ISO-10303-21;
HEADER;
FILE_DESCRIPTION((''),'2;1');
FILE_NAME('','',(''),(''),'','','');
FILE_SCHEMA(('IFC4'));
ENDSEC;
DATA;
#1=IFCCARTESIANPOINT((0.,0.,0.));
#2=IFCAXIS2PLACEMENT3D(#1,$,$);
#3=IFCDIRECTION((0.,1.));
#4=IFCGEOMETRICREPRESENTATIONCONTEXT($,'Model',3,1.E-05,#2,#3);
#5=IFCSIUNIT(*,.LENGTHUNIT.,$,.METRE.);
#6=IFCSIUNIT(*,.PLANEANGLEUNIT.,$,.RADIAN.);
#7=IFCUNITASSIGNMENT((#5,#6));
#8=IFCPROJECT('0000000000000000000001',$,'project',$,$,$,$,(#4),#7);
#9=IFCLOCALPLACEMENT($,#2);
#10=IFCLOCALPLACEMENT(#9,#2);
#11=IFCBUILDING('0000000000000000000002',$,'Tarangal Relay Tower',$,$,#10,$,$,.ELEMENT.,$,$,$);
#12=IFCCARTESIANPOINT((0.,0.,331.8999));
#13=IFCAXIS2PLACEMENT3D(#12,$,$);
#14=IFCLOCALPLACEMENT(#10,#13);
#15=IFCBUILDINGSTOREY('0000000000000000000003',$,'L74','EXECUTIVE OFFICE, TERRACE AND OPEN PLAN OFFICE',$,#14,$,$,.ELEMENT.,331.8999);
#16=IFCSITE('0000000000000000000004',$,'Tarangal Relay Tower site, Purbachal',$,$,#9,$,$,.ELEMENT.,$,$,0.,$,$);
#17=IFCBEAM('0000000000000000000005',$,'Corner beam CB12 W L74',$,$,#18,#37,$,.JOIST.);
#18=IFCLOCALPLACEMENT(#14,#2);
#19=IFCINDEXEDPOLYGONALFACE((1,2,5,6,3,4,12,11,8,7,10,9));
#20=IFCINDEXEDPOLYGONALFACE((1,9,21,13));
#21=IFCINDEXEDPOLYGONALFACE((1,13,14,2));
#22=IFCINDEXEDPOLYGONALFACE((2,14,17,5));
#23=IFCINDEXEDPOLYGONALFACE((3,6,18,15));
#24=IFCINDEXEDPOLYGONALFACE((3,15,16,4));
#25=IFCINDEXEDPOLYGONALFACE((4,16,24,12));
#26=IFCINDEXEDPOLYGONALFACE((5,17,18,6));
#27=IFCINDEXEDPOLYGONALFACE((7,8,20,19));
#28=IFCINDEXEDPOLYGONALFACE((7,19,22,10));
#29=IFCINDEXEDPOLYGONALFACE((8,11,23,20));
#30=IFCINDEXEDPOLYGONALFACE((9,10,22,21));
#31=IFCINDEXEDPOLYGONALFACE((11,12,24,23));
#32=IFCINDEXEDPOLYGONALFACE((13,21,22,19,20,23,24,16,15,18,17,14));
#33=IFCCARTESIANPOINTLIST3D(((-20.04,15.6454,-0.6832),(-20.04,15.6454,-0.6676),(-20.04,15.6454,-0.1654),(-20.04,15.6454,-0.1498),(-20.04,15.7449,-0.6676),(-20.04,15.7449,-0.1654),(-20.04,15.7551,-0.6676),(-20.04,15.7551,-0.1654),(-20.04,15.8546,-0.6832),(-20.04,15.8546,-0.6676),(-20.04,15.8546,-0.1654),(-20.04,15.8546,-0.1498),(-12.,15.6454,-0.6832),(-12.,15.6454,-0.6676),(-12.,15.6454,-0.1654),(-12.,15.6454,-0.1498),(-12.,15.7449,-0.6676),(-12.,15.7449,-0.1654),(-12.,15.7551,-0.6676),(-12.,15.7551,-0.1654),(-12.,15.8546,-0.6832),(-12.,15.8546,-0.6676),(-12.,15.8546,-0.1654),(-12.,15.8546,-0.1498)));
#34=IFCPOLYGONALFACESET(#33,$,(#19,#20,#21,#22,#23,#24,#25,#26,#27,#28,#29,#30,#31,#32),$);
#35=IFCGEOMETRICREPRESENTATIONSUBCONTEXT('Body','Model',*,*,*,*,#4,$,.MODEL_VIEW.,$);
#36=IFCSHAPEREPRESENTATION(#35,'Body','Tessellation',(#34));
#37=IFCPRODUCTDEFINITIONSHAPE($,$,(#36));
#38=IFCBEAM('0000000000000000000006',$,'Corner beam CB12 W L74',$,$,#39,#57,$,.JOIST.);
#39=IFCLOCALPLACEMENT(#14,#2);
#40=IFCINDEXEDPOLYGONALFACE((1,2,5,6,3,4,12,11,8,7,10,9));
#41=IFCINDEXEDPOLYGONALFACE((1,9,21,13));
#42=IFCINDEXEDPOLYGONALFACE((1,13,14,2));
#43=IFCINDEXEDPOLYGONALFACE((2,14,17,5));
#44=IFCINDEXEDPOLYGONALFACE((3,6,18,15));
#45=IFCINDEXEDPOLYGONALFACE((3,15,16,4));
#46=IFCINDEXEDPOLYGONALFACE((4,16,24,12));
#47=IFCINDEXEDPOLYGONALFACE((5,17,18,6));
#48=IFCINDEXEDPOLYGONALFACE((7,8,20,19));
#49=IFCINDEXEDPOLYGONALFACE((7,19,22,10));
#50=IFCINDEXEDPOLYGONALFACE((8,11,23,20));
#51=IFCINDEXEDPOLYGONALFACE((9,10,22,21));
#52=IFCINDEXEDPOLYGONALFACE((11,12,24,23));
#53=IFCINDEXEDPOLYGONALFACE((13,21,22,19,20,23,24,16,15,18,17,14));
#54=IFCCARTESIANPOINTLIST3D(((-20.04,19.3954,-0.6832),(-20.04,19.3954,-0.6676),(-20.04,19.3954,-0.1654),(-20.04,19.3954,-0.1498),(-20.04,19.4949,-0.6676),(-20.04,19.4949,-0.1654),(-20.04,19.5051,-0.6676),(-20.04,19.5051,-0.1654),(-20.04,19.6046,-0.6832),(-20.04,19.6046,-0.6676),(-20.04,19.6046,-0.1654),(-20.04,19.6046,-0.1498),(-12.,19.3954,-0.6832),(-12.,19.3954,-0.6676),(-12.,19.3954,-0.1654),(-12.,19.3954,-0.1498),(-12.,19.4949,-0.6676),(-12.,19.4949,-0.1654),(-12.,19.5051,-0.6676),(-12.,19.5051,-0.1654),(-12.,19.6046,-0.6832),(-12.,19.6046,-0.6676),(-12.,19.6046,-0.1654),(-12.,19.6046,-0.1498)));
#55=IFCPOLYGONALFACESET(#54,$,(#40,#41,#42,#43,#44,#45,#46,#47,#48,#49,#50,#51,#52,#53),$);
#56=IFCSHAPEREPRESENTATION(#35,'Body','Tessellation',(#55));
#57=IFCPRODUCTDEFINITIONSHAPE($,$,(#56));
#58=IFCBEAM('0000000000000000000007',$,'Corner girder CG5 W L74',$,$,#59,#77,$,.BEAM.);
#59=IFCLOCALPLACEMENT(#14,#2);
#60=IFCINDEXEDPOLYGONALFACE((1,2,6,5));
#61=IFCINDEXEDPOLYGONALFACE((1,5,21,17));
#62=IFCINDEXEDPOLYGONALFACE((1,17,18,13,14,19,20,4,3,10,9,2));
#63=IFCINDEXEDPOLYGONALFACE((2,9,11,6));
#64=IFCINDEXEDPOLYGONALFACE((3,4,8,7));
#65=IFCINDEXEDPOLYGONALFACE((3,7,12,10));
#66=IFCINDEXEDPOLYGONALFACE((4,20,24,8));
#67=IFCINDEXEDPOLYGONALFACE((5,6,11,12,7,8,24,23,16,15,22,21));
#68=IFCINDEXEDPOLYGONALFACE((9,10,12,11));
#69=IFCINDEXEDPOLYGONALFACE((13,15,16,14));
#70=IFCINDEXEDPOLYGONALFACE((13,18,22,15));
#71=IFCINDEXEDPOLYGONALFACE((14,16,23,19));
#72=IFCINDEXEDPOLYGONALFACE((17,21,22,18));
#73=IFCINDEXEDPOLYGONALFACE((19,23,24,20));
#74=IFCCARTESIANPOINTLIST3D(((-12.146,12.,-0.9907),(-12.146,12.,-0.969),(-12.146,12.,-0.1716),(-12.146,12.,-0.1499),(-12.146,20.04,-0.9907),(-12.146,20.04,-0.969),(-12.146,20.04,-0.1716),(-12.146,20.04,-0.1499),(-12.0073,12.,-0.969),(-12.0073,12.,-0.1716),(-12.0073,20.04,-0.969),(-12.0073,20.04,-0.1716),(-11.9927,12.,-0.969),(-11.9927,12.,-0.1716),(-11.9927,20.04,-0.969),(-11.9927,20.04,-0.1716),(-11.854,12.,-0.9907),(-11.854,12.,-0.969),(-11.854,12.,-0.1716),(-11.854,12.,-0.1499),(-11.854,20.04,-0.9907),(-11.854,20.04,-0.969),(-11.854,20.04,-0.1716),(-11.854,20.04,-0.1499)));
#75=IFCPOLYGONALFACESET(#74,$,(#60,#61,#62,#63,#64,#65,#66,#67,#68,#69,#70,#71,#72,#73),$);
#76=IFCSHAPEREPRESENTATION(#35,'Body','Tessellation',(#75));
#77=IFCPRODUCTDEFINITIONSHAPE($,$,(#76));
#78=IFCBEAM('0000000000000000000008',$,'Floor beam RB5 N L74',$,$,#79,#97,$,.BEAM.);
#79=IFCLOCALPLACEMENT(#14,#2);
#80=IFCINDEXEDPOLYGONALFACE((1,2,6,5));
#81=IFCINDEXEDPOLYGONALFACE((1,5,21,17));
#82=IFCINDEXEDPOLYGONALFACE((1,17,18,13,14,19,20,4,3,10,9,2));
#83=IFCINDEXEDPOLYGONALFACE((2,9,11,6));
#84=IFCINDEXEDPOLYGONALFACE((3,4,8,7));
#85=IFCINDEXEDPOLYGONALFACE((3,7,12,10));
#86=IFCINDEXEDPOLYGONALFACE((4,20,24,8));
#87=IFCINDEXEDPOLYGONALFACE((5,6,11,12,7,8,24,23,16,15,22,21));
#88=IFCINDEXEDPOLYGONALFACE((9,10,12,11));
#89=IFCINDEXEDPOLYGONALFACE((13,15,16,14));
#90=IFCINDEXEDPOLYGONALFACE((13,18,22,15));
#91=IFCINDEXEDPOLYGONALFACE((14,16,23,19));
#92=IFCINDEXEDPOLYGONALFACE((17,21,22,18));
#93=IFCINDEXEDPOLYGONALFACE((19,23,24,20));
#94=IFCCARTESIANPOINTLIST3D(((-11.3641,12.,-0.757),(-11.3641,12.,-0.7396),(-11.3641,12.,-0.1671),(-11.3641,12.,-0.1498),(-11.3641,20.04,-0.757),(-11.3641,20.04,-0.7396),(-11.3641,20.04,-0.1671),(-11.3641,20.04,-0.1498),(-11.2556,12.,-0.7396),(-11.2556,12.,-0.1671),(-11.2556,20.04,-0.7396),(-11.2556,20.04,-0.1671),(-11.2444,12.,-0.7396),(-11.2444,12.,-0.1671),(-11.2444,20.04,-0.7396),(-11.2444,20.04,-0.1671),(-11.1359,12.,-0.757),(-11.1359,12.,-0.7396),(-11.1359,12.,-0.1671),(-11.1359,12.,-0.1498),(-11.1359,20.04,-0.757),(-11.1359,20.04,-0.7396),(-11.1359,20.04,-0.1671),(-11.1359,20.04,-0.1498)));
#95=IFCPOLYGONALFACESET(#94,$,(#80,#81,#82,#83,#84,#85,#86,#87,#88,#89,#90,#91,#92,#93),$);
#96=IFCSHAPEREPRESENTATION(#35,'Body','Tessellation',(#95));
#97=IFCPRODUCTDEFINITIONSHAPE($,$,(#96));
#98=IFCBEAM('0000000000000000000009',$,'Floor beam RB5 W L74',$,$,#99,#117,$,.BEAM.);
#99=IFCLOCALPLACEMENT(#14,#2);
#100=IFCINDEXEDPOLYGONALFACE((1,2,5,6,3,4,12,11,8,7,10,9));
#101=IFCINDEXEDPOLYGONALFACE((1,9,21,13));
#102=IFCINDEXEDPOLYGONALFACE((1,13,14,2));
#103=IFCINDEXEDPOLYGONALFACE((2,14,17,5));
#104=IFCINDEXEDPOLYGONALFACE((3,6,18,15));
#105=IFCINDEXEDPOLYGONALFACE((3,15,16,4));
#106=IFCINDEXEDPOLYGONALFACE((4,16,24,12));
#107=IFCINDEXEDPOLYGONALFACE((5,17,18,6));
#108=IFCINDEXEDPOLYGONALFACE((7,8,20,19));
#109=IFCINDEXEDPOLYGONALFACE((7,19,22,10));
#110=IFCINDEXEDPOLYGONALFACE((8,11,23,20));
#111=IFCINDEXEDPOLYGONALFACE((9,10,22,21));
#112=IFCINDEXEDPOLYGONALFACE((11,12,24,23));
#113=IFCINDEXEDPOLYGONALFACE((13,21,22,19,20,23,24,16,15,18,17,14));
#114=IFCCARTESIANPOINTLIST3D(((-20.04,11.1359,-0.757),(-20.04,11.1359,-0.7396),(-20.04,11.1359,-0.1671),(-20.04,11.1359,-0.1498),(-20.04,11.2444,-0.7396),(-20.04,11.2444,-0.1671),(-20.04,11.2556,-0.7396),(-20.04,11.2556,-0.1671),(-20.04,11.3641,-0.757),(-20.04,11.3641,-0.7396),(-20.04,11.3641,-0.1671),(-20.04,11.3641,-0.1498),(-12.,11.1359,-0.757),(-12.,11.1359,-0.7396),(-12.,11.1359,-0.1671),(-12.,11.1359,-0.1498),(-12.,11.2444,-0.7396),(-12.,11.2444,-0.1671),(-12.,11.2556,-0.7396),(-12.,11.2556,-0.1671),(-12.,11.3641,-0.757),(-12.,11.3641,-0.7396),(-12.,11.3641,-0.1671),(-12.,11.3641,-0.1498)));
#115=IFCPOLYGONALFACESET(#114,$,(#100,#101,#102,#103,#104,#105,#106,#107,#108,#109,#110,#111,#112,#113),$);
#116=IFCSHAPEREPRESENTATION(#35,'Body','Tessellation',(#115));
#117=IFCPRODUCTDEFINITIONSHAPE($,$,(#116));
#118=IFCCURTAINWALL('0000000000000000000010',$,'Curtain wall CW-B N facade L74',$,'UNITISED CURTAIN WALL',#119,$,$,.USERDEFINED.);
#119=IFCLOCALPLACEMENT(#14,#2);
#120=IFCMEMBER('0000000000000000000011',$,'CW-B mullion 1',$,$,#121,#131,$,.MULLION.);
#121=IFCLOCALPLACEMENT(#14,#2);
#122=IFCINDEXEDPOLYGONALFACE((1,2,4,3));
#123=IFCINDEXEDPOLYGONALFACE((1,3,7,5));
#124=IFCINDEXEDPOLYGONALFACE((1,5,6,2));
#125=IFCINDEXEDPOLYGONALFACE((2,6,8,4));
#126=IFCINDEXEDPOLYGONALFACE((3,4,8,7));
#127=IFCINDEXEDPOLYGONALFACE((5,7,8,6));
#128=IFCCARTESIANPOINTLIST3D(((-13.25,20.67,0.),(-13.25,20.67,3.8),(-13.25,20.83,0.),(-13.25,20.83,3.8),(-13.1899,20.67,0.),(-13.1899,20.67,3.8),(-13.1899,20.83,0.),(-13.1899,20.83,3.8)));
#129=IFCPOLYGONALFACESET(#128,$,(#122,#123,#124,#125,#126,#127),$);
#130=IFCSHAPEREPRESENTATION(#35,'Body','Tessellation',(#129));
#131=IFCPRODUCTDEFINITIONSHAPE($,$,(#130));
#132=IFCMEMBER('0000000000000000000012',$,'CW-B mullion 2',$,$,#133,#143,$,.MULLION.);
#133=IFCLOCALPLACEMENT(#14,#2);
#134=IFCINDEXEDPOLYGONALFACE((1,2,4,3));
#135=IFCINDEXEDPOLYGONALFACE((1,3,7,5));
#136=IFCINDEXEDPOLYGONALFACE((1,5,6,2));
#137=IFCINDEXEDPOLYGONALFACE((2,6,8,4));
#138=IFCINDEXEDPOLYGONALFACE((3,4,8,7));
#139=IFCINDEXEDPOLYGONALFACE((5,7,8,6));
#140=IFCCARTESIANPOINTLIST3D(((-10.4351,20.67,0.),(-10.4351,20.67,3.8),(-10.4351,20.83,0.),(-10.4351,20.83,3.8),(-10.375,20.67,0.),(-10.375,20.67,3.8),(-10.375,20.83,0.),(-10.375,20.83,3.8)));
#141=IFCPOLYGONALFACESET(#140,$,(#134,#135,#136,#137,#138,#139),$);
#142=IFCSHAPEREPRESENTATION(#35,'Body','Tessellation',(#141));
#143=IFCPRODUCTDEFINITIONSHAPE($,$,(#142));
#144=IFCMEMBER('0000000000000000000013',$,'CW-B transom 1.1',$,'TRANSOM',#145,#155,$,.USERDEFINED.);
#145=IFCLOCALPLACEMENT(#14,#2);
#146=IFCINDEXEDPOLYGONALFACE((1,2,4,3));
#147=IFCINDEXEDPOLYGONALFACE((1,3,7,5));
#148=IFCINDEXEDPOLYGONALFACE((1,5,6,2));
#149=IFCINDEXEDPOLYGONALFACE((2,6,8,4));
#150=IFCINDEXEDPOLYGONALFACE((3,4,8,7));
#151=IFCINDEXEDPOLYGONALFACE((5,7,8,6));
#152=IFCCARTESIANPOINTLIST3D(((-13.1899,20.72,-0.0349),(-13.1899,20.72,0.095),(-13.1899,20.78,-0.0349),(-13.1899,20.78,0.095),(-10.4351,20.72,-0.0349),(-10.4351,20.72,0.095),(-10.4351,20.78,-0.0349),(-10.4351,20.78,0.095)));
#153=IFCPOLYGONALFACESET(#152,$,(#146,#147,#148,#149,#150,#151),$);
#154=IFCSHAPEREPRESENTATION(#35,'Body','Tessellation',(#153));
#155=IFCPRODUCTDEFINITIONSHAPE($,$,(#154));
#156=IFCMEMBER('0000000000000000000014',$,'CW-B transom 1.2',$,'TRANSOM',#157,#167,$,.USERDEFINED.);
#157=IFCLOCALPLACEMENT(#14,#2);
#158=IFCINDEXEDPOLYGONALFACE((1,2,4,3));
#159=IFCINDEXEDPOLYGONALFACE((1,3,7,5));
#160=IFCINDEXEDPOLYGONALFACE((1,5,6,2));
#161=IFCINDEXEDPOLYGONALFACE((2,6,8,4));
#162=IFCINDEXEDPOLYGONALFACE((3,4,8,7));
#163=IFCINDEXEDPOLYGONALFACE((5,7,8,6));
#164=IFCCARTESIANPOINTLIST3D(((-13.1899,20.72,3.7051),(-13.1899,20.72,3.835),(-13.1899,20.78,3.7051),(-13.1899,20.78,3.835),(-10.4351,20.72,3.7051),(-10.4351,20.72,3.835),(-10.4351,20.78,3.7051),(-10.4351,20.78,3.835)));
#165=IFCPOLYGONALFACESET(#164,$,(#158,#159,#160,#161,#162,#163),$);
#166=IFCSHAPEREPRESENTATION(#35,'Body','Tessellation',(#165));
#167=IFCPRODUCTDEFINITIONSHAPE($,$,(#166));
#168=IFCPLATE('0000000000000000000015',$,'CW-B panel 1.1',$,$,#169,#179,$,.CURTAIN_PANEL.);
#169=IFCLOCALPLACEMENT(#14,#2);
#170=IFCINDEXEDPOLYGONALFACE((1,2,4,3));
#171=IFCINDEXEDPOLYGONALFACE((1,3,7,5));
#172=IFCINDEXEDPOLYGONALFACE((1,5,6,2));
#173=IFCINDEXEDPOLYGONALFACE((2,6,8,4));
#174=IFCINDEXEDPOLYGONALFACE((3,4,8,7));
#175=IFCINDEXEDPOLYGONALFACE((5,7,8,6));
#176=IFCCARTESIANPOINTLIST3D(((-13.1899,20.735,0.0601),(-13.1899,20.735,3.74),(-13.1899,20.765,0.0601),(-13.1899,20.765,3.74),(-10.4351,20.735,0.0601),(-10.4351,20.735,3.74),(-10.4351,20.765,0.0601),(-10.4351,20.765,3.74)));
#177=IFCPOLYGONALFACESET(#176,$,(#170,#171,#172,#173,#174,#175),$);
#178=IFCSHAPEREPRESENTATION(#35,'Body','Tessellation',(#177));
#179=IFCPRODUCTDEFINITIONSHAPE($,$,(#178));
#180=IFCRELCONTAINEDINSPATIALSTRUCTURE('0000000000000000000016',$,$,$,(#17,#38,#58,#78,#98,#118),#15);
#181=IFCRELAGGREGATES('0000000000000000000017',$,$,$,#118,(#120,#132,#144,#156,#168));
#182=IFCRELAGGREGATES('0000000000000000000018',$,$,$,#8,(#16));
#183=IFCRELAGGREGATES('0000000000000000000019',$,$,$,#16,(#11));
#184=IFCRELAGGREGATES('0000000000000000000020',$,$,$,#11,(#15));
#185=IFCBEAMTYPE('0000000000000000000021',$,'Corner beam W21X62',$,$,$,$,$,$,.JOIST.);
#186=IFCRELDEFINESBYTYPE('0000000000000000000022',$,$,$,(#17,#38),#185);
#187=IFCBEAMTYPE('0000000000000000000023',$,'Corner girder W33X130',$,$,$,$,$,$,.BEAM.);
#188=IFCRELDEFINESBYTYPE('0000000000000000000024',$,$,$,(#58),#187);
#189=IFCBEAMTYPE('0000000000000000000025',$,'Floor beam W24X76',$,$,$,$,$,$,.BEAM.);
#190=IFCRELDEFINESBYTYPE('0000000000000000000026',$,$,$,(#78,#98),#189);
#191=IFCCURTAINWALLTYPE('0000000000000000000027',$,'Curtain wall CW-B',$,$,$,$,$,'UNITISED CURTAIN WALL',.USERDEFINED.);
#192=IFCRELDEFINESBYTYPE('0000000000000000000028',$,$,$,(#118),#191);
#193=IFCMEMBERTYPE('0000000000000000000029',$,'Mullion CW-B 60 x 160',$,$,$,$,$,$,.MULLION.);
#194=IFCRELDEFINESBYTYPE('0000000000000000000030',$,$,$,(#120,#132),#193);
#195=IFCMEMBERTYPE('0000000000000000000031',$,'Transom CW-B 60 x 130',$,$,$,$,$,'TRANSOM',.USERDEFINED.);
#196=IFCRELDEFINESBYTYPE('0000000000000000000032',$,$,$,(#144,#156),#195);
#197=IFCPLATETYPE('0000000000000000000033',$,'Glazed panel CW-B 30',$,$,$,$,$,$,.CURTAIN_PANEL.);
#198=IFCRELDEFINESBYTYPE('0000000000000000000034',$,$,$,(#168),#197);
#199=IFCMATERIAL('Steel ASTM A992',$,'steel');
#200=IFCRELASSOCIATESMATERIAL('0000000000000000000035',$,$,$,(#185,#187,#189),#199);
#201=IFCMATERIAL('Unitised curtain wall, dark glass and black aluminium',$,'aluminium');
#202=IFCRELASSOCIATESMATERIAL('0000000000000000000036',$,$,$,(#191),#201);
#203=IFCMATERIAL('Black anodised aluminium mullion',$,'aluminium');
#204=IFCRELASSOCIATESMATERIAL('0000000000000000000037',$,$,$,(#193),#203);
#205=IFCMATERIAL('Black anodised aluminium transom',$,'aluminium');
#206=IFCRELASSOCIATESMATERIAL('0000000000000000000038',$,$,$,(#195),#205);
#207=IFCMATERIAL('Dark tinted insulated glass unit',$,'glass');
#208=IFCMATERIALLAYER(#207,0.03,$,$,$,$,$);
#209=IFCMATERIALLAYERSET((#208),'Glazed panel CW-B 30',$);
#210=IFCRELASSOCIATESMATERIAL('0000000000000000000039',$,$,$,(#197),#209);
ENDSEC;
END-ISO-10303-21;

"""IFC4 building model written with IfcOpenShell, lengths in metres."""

from ifc_helpers import new_model, si_unit, direction, frame, origin, origin_2d, place, context, subcontext, project, spatial, rectangle, i_section, extrude, material, layer, layer_set, material_profile, profile_set, type_object, element, aggregate, save


model = new_model("IFC4")

# Units and contexts
model_context = context("Model", 3, precision=1e-05, world=origin(), true_north=direction((0.0, 1.0)))
body_context = subcontext(model_context, "Body", "Model", "MODEL_VIEW")
ifc_project = project(units=[si_unit("LENGTHUNIT", "METRE"), si_unit("PLANEANGLEUNIT", "RADIAN")], contexts=[model_context])

# Site, building, storey
site_placement = place(None, origin())
site = spatial("IfcSite", under=ifc_project, at=site_placement, Name="Tarangal Relay Tower site, Purbachal", CompositionType="ELEMENT", RefElevation=0.0)
building_placement = place(site_placement, origin())
building = spatial("IfcBuilding", under=site, at=building_placement, Name="Tarangal Relay Tower", CompositionType="ELEMENT")
storey_placement = place(building_placement, frame((0.0, 0.0, 331.8999)))
storey = spatial("IfcBuildingStorey", under=building, at=storey_placement, Name="L74", Description="EXECUTIVE OFFICE, TERRACE AND OPEN PLAN OFFICE", CompositionType="ELEMENT", Elevation=331.8999)

# Beams
ifc_material_1 = material(Name="Steel ASTM A992", Category="steel")
ifc_material_profile_1 = material_profile(ifc_material_1, i_section(OverallWidth=0.2092, OverallDepth=0.5334, WebThickness=0.0103, FlangeThickness=0.0156, at=origin_2d()), Name="W21X62")
ifc_profile_set_1 = profile_set([ifc_material_profile_1], Name="Steel ASTM A992")
beam_type_1 = type_object("IfcBeamType", Name="Corner beam W21X62", PredefinedType="JOIST", material=ifc_profile_set_1)
for number, where, z_axis, x_axis, name in (
    (1, (-12.0, 15.75, -0.4165), (-1.0, 0.0, 0.0), (0.0, -1.0, 0.0), "Corner beam CB12 W L74"),
    (2, (-12.0, 19.5, -0.4165), (-1.0, 0.0, 0.0), (0.0, -1.0, 0.0), "Corner beam CB12 W L74"),
):
    element("IfcBeam", number, at=place(storey_placement, frame(where, z_axis=z_axis, x_axis=x_axis)), inside=storey, type_object=beam_type_1, Name=name, PredefinedType="JOIST", context=body_context, shape_type="SweptSolid", body=[
        extrude(i_section(OverallWidth=0.2092, OverallDepth=0.5334, WebThickness=0.0103, FlangeThickness=0.0156, at=origin_2d()), origin(), (0.0, 0.0, 1.0), 8.04),
    ])
ifc_material_profile_2 = material_profile(ifc_material_1, i_section(OverallWidth=0.292, OverallDepth=0.8408, WebThickness=0.0146, FlangeThickness=0.0217, at=origin_2d()), Name="W33X130")
ifc_profile_set_2 = profile_set([ifc_material_profile_2], Name="Steel ASTM A992")
beam_type_2 = type_object("IfcBeamType", Name="Corner girder W33X130", PredefinedType="BEAM", material=ifc_profile_set_2)
beam_placement = place(storey_placement, frame((-12.0, 12.0, -0.5703), z_axis=(0.0, 1.0, 0.0), x_axis=(-1.0, 0.0, 0.0)))
element("IfcBeam", 3, at=beam_placement, inside=storey, type_object=beam_type_2, Name="Corner girder CG5 W L74", PredefinedType="BEAM", context=body_context, shape_type="SweptSolid", body=[
    extrude(i_section(OverallWidth=0.292, OverallDepth=0.8408, WebThickness=0.0146, FlangeThickness=0.0217, at=origin_2d()), origin(), (0.0, 0.0, 1.0), 8.04),
])
ifc_material_profile_3 = material_profile(ifc_material_1, i_section(OverallWidth=0.2283, OverallDepth=0.6072, WebThickness=0.0112, FlangeThickness=0.0173, at=origin_2d()), Name="W24X76")
ifc_profile_set_3 = profile_set([ifc_material_profile_3], Name="Steel ASTM A992")
beam_type_3 = type_object("IfcBeamType", Name="Floor beam W24X76", PredefinedType="BEAM", material=ifc_profile_set_3)
for number, where, z_axis, x_axis, name in (
    (4, (-11.25, 12.0, -0.4534), (0.0, 1.0, 0.0), (-1.0, 0.0, 0.0), "Floor beam RB5 N L74"),
    (5, (-12.0, 11.25, -0.4534), (-1.0, 0.0, 0.0), (0.0, -1.0, 0.0), "Floor beam RB5 W L74"),
):
    element("IfcBeam", number, at=place(storey_placement, frame(where, z_axis=z_axis, x_axis=x_axis)), inside=storey, type_object=beam_type_3, Name=name, PredefinedType="BEAM", context=body_context, shape_type="SweptSolid", body=[
        extrude(i_section(OverallWidth=0.2283, OverallDepth=0.6072, WebThickness=0.0112, FlangeThickness=0.0173, at=origin_2d()), origin(), (0.0, 0.0, 1.0), 8.04),
    ])

# Curtain wall, members, plate
ifc_material_2 = material(Name="Unitised curtain wall, dark glass and black aluminium", Category="aluminium")
curtain_wall_type = type_object("IfcCurtainWallType", Name="Curtain wall CW-B", ElementType="UNITISED CURTAIN WALL", PredefinedType="USERDEFINED", material=ifc_material_2)
curtain_wall_placement = place(storey_placement, origin())
curtain_wall = element("IfcCurtainWall", 6, at=curtain_wall_placement, inside=storey, type_object=curtain_wall_type, Name="Curtain wall CW-B N facade L74", ObjectType="UNITISED CURTAIN WALL", PredefinedType="USERDEFINED")
ifc_material_3 = material(Name="Black anodised aluminium mullion", Category="aluminium")
ifc_material_profile_4 = material_profile(ifc_material_3, rectangle(XDim=0.1599, YDim=0.0601, at=origin_2d()), Name="CW-BM 60X160")
ifc_profile_set_4 = profile_set([ifc_material_profile_4], Name="Black anodised aluminium mullion")
member_type_1 = type_object("IfcMemberType", Name="Mullion CW-B 60 x 160", PredefinedType="MULLION", material=ifc_profile_set_4)
member_1_placement = place(storey_placement, frame((-13.22, 20.75, 0.0), z_axis=(0.0, 0.0, 1.0), x_axis=(0.0, 1.0, 0.0)))
member_1 = element("IfcMember", 7, at=member_1_placement, type_object=member_type_1, Name="CW-B mullion 1", PredefinedType="MULLION", context=body_context, shape_type="SweptSolid", body=[
    extrude(rectangle(XDim=0.1599, YDim=0.0601, at=origin_2d()), origin(), (0.0, 0.0, 1.0), 3.8),
])
member_2_placement = place(storey_placement, frame((-10.405, 20.75, 0.0), z_axis=(0.0, 0.0, 1.0), x_axis=(0.0, 1.0, 0.0)))
member_2 = element("IfcMember", 8, at=member_2_placement, type_object=member_type_1, Name="CW-B mullion 2", PredefinedType="MULLION", context=body_context, shape_type="SweptSolid", body=[
    extrude(rectangle(XDim=0.1599, YDim=0.0601, at=origin_2d()), origin(), (0.0, 0.0, 1.0), 3.8),
])
ifc_material_4 = material(Name="Black anodised aluminium transom", Category="aluminium")
ifc_material_profile_5 = material_profile(ifc_material_4, rectangle(XDim=0.0601, YDim=0.1299, at=origin_2d()), Name="CW-BT 60X130")
ifc_profile_set_5 = profile_set([ifc_material_profile_5], Name="Black anodised aluminium transom")
member_type_2 = type_object("IfcMemberType", Name="Transom CW-B 60 x 130", ElementType="TRANSOM", PredefinedType="USERDEFINED", material=ifc_profile_set_5)
member_3_placement = place(storey_placement, frame((-13.1899, 20.75, 0.03), z_axis=(1.0, 0.0, 0.0), x_axis=(0.0, 1.0, 0.0)))
member_3 = element("IfcMember", 9, at=member_3_placement, type_object=member_type_2, Name="CW-B transom 1.1", ObjectType="TRANSOM", PredefinedType="USERDEFINED", context=body_context, shape_type="SweptSolid", body=[
    extrude(rectangle(XDim=0.0601, YDim=0.1299, at=origin_2d()), origin(), (0.0, 0.0, 1.0), 2.7549),
])
member_4_placement = place(storey_placement, frame((-13.1899, 20.75, 3.77), z_axis=(1.0, 0.0, 0.0), x_axis=(0.0, 1.0, 0.0)))
member_4 = element("IfcMember", 10, at=member_4_placement, type_object=member_type_2, Name="CW-B transom 1.2", ObjectType="TRANSOM", PredefinedType="USERDEFINED", context=body_context, shape_type="SweptSolid", body=[
    extrude(rectangle(XDim=0.0601, YDim=0.1299, at=origin_2d()), origin(), (0.0, 0.0, 1.0), 2.7549),
])
ifc_material_5 = material(Name="Dark tinted insulated glass unit", Category="glass")
ifc_layer_1 = layer(ifc_material_5, 0.03)
ifc_layer_set_1 = layer_set([ifc_layer_1], Name="Glazed panel CW-B 30")
plate_type = type_object("IfcPlateType", Name="Glazed panel CW-B 30", PredefinedType="CURTAIN_PANEL", material=ifc_layer_set_1)
plate_placement = place(storey_placement, frame((-11.8125, 20.75, 0.0601), z_axis=(0.0, 0.0, 1.0), x_axis=(1.0, 0.0, 0.0)))
plate = element("IfcPlate", 11, at=plate_placement, type_object=plate_type, Name="CW-B panel 1.1", PredefinedType="CURTAIN_PANEL", context=body_context, shape_type="SweptSolid", body=[
    extrude(rectangle(XDim=2.7549, YDim=0.03, at=origin_2d()), origin(), (0.0, 0.0, 1.0), 3.6799),
])
aggregate(curtain_wall, [member_1, member_2, member_3, member_4, plate])

save(model, "model.ifc")
